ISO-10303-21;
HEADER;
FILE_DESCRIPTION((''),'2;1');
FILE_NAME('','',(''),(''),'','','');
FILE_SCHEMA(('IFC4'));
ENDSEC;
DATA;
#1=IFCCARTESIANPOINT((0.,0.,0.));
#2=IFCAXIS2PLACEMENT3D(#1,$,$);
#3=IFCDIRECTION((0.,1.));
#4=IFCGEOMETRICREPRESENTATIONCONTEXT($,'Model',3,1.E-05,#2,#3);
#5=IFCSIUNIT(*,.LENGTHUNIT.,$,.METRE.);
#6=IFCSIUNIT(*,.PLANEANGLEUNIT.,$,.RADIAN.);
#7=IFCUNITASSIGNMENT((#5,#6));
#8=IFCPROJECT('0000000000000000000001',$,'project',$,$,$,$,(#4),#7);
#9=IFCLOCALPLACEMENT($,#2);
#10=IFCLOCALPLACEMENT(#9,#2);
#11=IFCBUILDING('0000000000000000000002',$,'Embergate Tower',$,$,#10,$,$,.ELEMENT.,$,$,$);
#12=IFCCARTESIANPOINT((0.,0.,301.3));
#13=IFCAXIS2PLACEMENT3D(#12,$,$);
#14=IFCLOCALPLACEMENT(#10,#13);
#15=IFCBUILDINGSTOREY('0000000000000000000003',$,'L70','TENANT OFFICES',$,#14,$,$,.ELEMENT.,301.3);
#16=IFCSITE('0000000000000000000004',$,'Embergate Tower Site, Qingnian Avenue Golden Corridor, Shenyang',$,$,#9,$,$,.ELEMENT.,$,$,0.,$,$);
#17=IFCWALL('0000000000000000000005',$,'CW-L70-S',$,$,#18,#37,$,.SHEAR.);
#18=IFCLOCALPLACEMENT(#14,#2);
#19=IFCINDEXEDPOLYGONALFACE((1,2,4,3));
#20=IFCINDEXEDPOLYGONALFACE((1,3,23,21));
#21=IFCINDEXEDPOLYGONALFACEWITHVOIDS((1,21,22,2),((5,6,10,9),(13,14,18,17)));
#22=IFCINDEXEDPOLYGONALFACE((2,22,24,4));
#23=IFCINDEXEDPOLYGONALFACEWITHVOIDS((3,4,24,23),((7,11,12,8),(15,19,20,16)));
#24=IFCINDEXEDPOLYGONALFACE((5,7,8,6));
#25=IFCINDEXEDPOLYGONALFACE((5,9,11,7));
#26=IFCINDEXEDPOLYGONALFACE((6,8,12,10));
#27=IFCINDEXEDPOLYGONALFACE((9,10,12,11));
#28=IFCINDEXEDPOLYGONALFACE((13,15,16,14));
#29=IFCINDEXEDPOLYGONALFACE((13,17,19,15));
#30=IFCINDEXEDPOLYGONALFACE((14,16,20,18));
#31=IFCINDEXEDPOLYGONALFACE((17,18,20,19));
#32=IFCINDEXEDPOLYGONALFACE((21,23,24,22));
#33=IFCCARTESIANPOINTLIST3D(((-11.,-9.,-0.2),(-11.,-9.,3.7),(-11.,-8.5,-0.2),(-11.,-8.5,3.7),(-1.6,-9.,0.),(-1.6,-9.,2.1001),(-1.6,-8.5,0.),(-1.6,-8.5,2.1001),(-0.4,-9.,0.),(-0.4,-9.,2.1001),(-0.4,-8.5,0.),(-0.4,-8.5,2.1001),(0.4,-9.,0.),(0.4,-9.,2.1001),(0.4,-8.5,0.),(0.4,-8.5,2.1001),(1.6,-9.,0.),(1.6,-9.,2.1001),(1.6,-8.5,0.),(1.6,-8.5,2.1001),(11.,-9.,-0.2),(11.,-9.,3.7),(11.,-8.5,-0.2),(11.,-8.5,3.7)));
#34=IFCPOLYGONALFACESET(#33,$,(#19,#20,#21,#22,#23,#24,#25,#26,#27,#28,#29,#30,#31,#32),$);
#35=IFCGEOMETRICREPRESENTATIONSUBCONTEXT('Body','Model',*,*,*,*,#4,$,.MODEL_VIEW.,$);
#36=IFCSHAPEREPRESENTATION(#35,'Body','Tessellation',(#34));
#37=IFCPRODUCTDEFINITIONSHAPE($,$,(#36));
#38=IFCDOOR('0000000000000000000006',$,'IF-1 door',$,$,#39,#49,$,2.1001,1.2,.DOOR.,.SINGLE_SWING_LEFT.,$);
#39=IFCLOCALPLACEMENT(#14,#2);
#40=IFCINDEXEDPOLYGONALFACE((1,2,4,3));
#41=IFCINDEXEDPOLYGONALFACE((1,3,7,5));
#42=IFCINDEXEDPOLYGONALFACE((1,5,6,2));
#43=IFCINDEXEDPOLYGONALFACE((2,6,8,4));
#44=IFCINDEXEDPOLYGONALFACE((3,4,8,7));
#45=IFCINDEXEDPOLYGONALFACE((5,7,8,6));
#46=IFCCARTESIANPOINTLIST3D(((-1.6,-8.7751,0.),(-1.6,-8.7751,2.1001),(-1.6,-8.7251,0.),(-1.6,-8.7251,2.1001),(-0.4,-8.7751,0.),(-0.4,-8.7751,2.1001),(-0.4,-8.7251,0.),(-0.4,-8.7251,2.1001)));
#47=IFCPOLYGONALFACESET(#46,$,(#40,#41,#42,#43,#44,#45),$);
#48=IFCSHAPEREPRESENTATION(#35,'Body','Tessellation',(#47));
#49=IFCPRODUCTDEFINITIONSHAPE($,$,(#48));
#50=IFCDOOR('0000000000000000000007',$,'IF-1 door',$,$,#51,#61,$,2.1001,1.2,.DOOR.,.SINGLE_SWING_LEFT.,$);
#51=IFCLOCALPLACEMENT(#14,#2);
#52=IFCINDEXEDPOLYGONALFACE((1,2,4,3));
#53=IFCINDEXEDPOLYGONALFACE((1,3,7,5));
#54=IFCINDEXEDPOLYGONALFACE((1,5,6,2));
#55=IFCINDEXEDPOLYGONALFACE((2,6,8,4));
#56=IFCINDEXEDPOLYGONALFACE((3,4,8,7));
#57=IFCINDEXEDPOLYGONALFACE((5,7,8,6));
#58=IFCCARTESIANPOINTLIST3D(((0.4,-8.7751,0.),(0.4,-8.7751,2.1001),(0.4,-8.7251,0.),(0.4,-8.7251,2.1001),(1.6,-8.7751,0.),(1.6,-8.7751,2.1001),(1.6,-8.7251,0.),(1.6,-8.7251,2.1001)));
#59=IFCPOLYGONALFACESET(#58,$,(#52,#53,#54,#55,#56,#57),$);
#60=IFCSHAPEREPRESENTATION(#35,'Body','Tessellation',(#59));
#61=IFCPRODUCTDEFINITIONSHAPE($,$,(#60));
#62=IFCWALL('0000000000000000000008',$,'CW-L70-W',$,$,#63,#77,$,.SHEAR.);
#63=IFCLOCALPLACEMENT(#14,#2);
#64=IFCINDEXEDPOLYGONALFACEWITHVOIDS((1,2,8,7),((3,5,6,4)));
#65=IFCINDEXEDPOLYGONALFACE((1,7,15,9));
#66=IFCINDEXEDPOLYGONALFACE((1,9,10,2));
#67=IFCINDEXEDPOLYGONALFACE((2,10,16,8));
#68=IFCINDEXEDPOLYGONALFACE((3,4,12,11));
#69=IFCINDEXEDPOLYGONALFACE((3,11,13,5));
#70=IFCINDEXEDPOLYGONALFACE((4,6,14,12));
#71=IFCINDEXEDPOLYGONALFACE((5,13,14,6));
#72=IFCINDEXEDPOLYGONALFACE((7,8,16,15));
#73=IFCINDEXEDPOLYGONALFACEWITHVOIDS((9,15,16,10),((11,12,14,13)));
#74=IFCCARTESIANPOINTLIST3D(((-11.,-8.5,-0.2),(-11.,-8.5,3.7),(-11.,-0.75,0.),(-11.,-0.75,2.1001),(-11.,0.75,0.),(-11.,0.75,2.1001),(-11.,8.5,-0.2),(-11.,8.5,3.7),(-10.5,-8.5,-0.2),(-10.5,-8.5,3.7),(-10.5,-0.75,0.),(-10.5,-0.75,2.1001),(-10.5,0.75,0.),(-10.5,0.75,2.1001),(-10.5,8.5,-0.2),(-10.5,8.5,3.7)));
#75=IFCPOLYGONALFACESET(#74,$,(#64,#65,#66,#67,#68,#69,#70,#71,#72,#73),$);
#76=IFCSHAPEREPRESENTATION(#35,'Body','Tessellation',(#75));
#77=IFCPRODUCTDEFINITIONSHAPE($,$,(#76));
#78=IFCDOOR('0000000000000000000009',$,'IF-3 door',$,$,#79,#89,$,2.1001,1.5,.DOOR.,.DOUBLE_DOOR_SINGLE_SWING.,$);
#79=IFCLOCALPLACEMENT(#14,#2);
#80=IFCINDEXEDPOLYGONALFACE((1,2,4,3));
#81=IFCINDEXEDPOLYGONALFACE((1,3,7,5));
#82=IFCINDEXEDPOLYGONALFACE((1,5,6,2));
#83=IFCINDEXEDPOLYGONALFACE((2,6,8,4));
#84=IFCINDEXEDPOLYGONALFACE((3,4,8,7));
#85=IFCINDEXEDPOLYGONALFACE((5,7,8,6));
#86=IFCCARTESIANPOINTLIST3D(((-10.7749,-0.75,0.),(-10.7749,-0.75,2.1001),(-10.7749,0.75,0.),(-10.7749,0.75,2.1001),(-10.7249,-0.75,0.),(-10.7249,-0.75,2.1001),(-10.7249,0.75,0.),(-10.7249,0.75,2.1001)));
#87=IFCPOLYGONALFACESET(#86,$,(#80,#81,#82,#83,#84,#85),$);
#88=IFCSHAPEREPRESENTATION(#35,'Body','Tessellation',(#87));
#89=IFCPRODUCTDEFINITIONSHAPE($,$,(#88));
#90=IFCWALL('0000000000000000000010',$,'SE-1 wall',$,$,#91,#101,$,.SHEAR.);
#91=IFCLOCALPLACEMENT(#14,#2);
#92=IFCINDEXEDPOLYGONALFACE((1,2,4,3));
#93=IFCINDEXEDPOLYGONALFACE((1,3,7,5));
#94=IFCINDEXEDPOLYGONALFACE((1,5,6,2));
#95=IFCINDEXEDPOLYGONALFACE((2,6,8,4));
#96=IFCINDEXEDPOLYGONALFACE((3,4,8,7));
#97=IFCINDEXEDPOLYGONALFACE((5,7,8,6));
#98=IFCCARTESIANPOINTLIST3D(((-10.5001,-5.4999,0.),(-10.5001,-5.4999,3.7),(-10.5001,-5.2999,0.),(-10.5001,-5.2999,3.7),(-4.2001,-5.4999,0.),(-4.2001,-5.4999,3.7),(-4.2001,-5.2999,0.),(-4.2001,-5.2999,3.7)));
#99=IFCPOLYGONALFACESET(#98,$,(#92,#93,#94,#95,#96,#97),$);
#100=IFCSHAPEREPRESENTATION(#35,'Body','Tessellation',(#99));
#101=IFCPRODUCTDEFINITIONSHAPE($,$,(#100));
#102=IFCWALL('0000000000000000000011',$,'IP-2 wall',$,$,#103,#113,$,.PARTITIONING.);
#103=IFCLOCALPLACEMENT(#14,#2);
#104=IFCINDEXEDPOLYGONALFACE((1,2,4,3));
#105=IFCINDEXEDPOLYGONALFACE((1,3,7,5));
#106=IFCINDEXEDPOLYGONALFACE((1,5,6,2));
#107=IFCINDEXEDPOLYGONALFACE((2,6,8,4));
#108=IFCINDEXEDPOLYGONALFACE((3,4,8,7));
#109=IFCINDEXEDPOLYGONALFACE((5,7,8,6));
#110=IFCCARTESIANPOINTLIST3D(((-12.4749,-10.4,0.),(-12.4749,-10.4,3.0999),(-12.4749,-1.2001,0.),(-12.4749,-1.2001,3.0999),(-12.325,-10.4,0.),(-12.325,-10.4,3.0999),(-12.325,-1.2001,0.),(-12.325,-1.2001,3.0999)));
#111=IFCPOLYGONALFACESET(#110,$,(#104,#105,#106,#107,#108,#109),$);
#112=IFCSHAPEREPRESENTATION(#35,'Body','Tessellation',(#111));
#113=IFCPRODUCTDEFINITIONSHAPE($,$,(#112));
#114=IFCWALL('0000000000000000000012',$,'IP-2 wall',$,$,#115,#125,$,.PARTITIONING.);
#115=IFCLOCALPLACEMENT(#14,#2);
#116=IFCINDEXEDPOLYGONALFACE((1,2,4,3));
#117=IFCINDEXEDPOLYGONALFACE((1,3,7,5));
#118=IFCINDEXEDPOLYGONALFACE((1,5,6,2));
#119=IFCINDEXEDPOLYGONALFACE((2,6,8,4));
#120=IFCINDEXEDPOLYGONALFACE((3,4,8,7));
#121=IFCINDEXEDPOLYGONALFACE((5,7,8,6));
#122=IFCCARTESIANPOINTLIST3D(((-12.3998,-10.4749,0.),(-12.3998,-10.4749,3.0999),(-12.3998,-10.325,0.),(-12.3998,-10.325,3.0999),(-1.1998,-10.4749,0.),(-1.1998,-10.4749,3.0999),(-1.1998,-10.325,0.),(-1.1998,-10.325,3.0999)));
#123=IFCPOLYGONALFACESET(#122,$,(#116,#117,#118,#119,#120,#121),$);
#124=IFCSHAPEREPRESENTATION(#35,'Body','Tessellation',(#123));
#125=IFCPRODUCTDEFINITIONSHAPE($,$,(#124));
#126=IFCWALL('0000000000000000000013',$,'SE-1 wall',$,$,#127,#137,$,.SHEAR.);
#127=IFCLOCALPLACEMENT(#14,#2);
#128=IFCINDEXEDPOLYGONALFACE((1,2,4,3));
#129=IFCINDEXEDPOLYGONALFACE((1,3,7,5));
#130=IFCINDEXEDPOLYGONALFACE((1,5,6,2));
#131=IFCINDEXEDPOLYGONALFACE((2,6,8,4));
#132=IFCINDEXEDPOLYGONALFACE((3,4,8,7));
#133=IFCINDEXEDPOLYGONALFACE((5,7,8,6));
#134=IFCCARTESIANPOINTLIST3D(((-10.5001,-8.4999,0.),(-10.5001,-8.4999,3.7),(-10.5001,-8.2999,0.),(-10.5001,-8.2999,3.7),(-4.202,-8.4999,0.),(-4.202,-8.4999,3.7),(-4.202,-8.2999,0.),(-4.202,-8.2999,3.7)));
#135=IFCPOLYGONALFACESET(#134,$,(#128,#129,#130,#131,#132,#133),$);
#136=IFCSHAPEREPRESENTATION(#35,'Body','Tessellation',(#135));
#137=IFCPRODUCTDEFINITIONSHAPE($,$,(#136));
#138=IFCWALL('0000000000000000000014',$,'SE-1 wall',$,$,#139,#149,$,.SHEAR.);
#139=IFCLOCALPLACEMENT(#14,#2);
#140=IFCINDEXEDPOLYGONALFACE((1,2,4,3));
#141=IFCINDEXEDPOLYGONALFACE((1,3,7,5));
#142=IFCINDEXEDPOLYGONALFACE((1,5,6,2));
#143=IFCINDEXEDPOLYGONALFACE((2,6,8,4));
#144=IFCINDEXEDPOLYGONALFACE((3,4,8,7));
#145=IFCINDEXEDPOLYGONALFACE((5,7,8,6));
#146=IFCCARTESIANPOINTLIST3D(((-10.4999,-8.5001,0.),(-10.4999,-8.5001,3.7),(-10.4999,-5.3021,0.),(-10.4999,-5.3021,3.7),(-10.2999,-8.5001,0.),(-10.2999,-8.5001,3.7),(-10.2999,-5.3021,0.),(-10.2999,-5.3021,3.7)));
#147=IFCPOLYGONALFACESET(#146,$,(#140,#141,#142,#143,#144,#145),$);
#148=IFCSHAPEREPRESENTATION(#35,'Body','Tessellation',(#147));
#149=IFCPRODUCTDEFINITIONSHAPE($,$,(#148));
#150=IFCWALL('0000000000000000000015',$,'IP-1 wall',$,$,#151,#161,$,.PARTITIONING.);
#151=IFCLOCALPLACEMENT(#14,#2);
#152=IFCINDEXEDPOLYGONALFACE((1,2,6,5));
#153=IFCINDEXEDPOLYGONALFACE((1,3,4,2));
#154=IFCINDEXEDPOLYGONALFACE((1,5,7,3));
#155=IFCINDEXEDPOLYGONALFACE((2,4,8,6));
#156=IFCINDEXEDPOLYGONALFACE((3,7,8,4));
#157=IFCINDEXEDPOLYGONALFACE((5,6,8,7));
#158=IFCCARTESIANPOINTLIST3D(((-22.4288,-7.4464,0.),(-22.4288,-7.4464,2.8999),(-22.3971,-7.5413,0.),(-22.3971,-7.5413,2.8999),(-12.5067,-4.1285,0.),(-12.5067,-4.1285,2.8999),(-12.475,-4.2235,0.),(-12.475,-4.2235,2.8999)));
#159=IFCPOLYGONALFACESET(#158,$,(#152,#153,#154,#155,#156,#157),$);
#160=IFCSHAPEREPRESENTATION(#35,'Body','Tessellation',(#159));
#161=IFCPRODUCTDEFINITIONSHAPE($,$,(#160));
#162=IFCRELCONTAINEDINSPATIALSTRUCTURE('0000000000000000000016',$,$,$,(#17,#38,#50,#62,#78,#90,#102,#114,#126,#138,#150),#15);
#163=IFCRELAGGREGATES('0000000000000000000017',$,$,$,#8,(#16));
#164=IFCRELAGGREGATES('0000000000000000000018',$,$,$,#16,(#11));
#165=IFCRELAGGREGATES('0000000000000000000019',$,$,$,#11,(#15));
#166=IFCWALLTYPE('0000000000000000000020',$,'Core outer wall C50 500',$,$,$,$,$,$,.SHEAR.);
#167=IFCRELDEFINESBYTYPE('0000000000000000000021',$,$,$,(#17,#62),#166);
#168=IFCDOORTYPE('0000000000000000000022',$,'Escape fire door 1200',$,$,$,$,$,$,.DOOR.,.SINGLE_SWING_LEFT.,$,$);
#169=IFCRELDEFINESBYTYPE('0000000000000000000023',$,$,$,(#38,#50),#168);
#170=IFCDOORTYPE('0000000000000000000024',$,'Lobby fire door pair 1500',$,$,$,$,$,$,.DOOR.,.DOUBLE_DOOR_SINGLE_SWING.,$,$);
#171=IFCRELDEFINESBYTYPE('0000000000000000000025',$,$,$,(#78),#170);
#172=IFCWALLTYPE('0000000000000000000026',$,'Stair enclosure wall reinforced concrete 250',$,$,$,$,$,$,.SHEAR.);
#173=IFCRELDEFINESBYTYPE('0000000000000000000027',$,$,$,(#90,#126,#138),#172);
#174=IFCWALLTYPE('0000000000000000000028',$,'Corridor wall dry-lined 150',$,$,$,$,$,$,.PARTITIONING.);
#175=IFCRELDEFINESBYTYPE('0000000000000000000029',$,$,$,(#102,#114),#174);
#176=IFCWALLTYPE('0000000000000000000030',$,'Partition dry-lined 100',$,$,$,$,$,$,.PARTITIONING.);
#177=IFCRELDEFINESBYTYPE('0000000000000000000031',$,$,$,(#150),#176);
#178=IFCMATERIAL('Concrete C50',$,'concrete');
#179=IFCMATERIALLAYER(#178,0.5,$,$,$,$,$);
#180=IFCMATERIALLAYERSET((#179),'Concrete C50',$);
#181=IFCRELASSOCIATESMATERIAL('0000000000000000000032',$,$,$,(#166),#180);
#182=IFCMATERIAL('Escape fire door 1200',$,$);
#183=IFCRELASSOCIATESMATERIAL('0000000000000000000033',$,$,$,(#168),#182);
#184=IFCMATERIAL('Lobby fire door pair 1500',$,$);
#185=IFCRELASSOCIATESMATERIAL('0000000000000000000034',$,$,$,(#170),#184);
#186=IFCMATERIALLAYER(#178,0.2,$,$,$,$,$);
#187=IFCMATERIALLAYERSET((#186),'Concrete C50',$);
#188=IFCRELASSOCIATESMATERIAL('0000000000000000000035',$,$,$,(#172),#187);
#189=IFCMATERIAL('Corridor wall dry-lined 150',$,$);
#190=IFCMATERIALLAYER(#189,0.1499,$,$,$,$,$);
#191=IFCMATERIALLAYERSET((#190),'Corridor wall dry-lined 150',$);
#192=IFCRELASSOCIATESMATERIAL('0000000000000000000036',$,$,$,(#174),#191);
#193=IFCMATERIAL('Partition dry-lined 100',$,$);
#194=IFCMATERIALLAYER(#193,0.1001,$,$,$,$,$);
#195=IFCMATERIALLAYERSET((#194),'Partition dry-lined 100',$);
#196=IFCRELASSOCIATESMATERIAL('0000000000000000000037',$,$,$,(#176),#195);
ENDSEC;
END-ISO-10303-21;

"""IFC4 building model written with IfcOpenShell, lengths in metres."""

from ifc_helpers import new_model, si_unit, direction, frame, frame_2d, origin, place, context, subcontext, project, spatial, rectangle, extrude, source, transform, mapped, material, layer, layer_set, type_object, element, fill, save


model = new_model("IFC4")

# Units and contexts
model_context = context("Model", 3, precision=1e-05, world=origin(), true_north=direction((0.0, 1.0)))
body_context = subcontext(model_context, "Body", "Model", "MODEL_VIEW")
ifc_project = project(units=[si_unit("LENGTHUNIT", "METRE"), si_unit("PLANEANGLEUNIT", "RADIAN")], contexts=[model_context])

# Site, building, storey
site_placement = place(None, origin())
site = spatial("IfcSite", under=ifc_project, at=site_placement, Name="Embergate Tower Site, Qingnian Avenue Golden Corridor, Shenyang", CompositionType="ELEMENT", RefElevation=0.0)
building_placement = place(site_placement, origin())
building = spatial("IfcBuilding", under=site, at=building_placement, Name="Embergate Tower", CompositionType="ELEMENT")
storey_placement = place(building_placement, frame((0.0, 0.0, 301.3)))
storey = spatial("IfcBuildingStorey", under=building, at=storey_placement, Name="L70", Description="TENANT OFFICES", CompositionType="ELEMENT", Elevation=301.3)

# Wall, openings, doors
ifc_material_1 = material(Name="Concrete C50", Category="concrete")
ifc_layer_1 = layer(ifc_material_1, 0.5)
ifc_layer_set_1 = layer_set([ifc_layer_1], Name="Concrete C50")
wall_type_1 = type_object("IfcWallType", Name="Core outer wall C50 500", PredefinedType="SHEAR", material=ifc_layer_set_1)
shared_shape_1 = source(origin(), body_context, "Body", "SweptSolid", [
    extrude(rectangle(XDim=22.0, YDim=0.5, at=frame_2d((11.0, 0.0))), origin(), (0.0, 0.0, 1.0), 3.8999),
])
wall_1_placement = place(storey_placement, frame((-11.0, -8.75, -0.2), z_axis=(0.0, 0.0, 1.0), x_axis=(1.0, 0.0, 0.0)))
wall_1 = element("IfcWall", 1, at=wall_1_placement, inside=storey, type_object=wall_type_1, Name="CW-L70-S", PredefinedType="SHEAR", context=body_context, shape_type="MappedRepresentation", body=[
    mapped(shared_shape_1, transform((0.0, 0.0, 0.0))),
])
shared_shape_2 = source(origin(), body_context, "Body", "SweptSolid", [
    extrude(rectangle(XDim=1.2, YDim=2.1001, at=frame_2d((0.6001, 1.05))), frame((0.0, 0.26, 0.0), z_axis=(0.0, -1.0, 0.0), x_axis=(1.0, 0.0, 0.0)), (0.0, 0.0, 1.0), 0.52),
])
opening_1_placement = place(wall_1_placement, frame((9.3999, 0.0, 0.2)))
opening_1 = element("IfcOpeningElement", 2, at=opening_1_placement, cuts=wall_1, PredefinedType="OPENING", context=body_context, shape_type="MappedRepresentation", body=[
    mapped(shared_shape_2, transform((0.0, 0.0, 0.0))),
])
opening_2_placement = place(wall_1_placement, frame((11.3999, 0.0, 0.2)))
opening_2 = element("IfcOpeningElement", 3, at=opening_2_placement, cuts=wall_1, PredefinedType="OPENING", context=body_context, shape_type="MappedRepresentation", body=[
    mapped(shared_shape_2, transform((0.0, 0.0, 0.0))),
])
ifc_material_2 = material(Name="Escape fire door 1200")
door_type_1 = type_object("IfcDoorType", Name="Escape fire door 1200", OperationType="SINGLE_SWING_LEFT", PredefinedType="DOOR", material=ifc_material_2)
shared_shape_3 = source(origin(), body_context, "Body", "SweptSolid", [
    extrude(rectangle(XDim=1.2, YDim=2.1001, at=frame_2d((0.6001, 1.05))), frame((0.0, 0.0249, 0.0), z_axis=(0.0, -1.0, 0.0), x_axis=(1.0, 0.0, 0.0)), (0.0, 0.0, 1.0), 0.05),
])
door_1_placement = place(opening_1_placement, origin())
door_1 = element("IfcDoor", 4, at=door_1_placement, inside=storey, type_object=door_type_1, Name="IF-1 door", OperationType="SINGLE_SWING_LEFT", OverallHeight=2.1001, OverallWidth=1.2, PredefinedType="DOOR", context=body_context, shape_type="MappedRepresentation", body=[
    mapped(shared_shape_3, transform((0.0, 0.0, 0.0))),
])
fill(opening_1, door_1)
door_2_placement = place(opening_2_placement, origin())
door_2 = element("IfcDoor", 5, at=door_2_placement, inside=storey, type_object=door_type_1, Name="IF-1 door", OperationType="SINGLE_SWING_LEFT", OverallHeight=2.1001, OverallWidth=1.2, PredefinedType="DOOR", context=body_context, shape_type="MappedRepresentation", body=[
    mapped(shared_shape_3, transform((0.0, 0.0, 0.0))),
])
fill(opening_2, door_2)

# Wall, opening, door
shared_shape_4 = source(origin(), body_context, "Body", "SweptSolid", [
    extrude(rectangle(XDim=17.0, YDim=0.5, at=frame_2d((8.5, 0.0))), origin(), (0.0, 0.0, 1.0), 3.8999),
])
wall_2_placement = place(storey_placement, frame((-10.75, -8.5, -0.2), z_axis=(0.0, 0.0, 1.0), x_axis=(0.0, 1.0, 0.0)))
wall_2 = element("IfcWall", 6, at=wall_2_placement, inside=storey, type_object=wall_type_1, Name="CW-L70-W", PredefinedType="SHEAR", context=body_context, shape_type="MappedRepresentation", body=[
    mapped(shared_shape_4, transform((0.0, 0.0, 0.0))),
])
shared_shape_5 = source(origin(), body_context, "Body", "SweptSolid", [
    extrude(rectangle(XDim=1.5, YDim=2.1001, at=frame_2d((0.75, 1.05))), frame((0.0, 0.26, 0.0), z_axis=(0.0, -1.0, 0.0), x_axis=(1.0, 0.0, 0.0)), (0.0, 0.0, 1.0), 0.52),
])
opening_3_placement = place(wall_2_placement, frame((7.75, 0.0, 0.2)))
opening_3 = element("IfcOpeningElement", 7, at=opening_3_placement, cuts=wall_2, PredefinedType="OPENING", context=body_context, shape_type="MappedRepresentation", body=[
    mapped(shared_shape_5, transform((0.0, 0.0, 0.0))),
])
ifc_material_3 = material(Name="Lobby fire door pair 1500")
door_type_2 = type_object("IfcDoorType", Name="Lobby fire door pair 1500", OperationType="DOUBLE_DOOR_SINGLE_SWING", PredefinedType="DOOR", material=ifc_material_3)
shared_shape_6 = source(origin(), body_context, "Body", "SweptSolid", [
    extrude(rectangle(XDim=1.5, YDim=2.1001, at=frame_2d((0.75, 1.05))), frame((0.0, 0.0249, 0.0), z_axis=(0.0, -1.0, 0.0), x_axis=(1.0, 0.0, 0.0)), (0.0, 0.0, 1.0), 0.05),
])
door_3_placement = place(opening_3_placement, origin())
door_3 = element("IfcDoor", 8, at=door_3_placement, inside=storey, type_object=door_type_2, Name="IF-3 door", OperationType="DOUBLE_DOOR_SINGLE_SWING", OverallHeight=2.1001, OverallWidth=1.5, PredefinedType="DOOR", context=body_context, shape_type="MappedRepresentation", body=[
    mapped(shared_shape_6, transform((0.0, 0.0, 0.0))),
])
fill(opening_3, door_3)

# Walls
ifc_layer_2 = layer(ifc_material_1, 0.2)
ifc_layer_set_2 = layer_set([ifc_layer_2], Name="Concrete C50")
wall_type_2 = type_object("IfcWallType", Name="Stair enclosure wall reinforced concrete 250", PredefinedType="SHEAR", material=ifc_layer_set_2)
shared_shape_7 = source(origin(), body_context, "Body", "SweptSolid", [
    extrude(rectangle(XDim=6.3, YDim=0.2, at=frame_2d((3.1499, 0.0))), origin(), (0.0, 0.0, 1.0), 3.7),
])
wall_3_placement = place(storey_placement, frame((-10.5, -5.3999, 0.0), z_axis=(0.0, 0.0, 1.0), x_axis=(1.0, 0.0, 0.0)))
element("IfcWall", 9, at=wall_3_placement, inside=storey, type_object=wall_type_2, Name="SE-1 wall", PredefinedType="SHEAR", context=body_context, shape_type="MappedRepresentation", body=[
    mapped(shared_shape_7, transform((0.0, 0.0, 0.0))),
])
ifc_material_4 = material(Name="Corridor wall dry-lined 150")
ifc_layer_3 = layer(ifc_material_4, 0.1499)
ifc_layer_set_3 = layer_set([ifc_layer_3], Name="Corridor wall dry-lined 150")
wall_type_3 = type_object("IfcWallType", Name="Corridor wall dry-lined 150", PredefinedType="PARTITIONING", material=ifc_layer_set_3)
shared_shape_8 = source(origin(), body_context, "Body", "SweptSolid", [
    extrude(rectangle(XDim=9.2, YDim=0.1499, at=frame_2d((4.6001, 0.0))), origin(), (0.0, 0.0, 1.0), 3.0999),
])
wall_4_placement = place(storey_placement, frame((-12.3999, -1.2, 0.0), z_axis=(0.0, 0.0, 1.0), x_axis=(0.0, -1.0, 0.0)))
element("IfcWall", 10, at=wall_4_placement, inside=storey, type_object=wall_type_3, Name="IP-2 wall", PredefinedType="PARTITIONING", context=body_context, shape_type="MappedRepresentation", body=[
    mapped(shared_shape_8, transform((0.0, 0.0, 0.0))),
])
shared_shape_9 = source(origin(), body_context, "Body", "SweptSolid", [
    extrude(rectangle(XDim=11.2, YDim=0.1499, at=frame_2d((5.6001, 0.0))), origin(), (0.0, 0.0, 1.0), 3.0999),
])
wall_5_placement = place(storey_placement, frame((-12.3999, -10.3999, 0.0), z_axis=(0.0, 0.0, 1.0), x_axis=(1.0, 0.0, 0.0)))
element("IfcWall", 11, at=wall_5_placement, inside=storey, type_object=wall_type_3, Name="IP-2 wall", PredefinedType="PARTITIONING", context=body_context, shape_type="MappedRepresentation", body=[
    mapped(shared_shape_9, transform((0.0, 0.0, 0.0))),
])
shared_shape_10 = source(origin(), body_context, "Body", "SweptSolid", [
    extrude(rectangle(XDim=6.2981, YDim=0.2, at=frame_2d((3.1489, 0.0))), origin(), (0.0, 0.0, 1.0), 3.7),
])
wall_6_placement = place(storey_placement, frame((-10.5, -8.3999, 0.0), z_axis=(0.0, 0.0, 1.0), x_axis=(1.0, 0.0, 0.0)))
element("IfcWall", 12, at=wall_6_placement, inside=storey, type_object=wall_type_2, Name="SE-1 wall", PredefinedType="SHEAR", context=body_context, shape_type="MappedRepresentation", body=[
    mapped(shared_shape_10, transform((0.0, 0.0, 0.0))),
])
shared_shape_11 = source(origin(), body_context, "Body", "SweptSolid", [
    extrude(rectangle(XDim=3.198, YDim=0.2, at=frame_2d((1.5991, 0.0))), origin(), (0.0, 0.0, 1.0), 3.7),
])
wall_7_placement = place(storey_placement, frame((-10.3999, -5.302, 0.0), z_axis=(0.0, 0.0, 1.0), x_axis=(0.0, -1.0, 0.0)))
element("IfcWall", 13, at=wall_7_placement, inside=storey, type_object=wall_type_2, Name="SE-1 wall", PredefinedType="SHEAR", context=body_context, shape_type="MappedRepresentation", body=[
    mapped(shared_shape_11, transform((0.0, 0.0, 0.0))),
])
ifc_material_5 = material(Name="Partition dry-lined 100")
ifc_layer_4 = layer(ifc_material_5, 0.1001)
ifc_layer_set_4 = layer_set([ifc_layer_4], Name="Partition dry-lined 100")
wall_type_4 = type_object("IfcWallType", Name="Partition dry-lined 100", PredefinedType="PARTITIONING", material=ifc_layer_set_4)
shared_shape_12 = source(origin(), body_context, "Body", "SweptSolid", [
    extrude(rectangle(XDim=10.4622, YDim=0.1001, at=frame_2d((5.231, 0.0))), origin(), (0.0, 0.0, 1.0), 2.8999),
])
wall_8_placement = place(storey_placement, frame((-12.491, -4.176, 0.0), z_axis=(0.0, 0.0, 1.0), x_axis=(-0.948382, -0.317131, 0.0)))
element("IfcWall", 14, at=wall_8_placement, inside=storey, type_object=wall_type_4, Name="IP-1 wall", PredefinedType="PARTITIONING", context=body_context, shape_type="MappedRepresentation", body=[
    mapped(shared_shape_12, transform((0.0, 0.0, 0.0))),
])

save(model, "model.ifc")
